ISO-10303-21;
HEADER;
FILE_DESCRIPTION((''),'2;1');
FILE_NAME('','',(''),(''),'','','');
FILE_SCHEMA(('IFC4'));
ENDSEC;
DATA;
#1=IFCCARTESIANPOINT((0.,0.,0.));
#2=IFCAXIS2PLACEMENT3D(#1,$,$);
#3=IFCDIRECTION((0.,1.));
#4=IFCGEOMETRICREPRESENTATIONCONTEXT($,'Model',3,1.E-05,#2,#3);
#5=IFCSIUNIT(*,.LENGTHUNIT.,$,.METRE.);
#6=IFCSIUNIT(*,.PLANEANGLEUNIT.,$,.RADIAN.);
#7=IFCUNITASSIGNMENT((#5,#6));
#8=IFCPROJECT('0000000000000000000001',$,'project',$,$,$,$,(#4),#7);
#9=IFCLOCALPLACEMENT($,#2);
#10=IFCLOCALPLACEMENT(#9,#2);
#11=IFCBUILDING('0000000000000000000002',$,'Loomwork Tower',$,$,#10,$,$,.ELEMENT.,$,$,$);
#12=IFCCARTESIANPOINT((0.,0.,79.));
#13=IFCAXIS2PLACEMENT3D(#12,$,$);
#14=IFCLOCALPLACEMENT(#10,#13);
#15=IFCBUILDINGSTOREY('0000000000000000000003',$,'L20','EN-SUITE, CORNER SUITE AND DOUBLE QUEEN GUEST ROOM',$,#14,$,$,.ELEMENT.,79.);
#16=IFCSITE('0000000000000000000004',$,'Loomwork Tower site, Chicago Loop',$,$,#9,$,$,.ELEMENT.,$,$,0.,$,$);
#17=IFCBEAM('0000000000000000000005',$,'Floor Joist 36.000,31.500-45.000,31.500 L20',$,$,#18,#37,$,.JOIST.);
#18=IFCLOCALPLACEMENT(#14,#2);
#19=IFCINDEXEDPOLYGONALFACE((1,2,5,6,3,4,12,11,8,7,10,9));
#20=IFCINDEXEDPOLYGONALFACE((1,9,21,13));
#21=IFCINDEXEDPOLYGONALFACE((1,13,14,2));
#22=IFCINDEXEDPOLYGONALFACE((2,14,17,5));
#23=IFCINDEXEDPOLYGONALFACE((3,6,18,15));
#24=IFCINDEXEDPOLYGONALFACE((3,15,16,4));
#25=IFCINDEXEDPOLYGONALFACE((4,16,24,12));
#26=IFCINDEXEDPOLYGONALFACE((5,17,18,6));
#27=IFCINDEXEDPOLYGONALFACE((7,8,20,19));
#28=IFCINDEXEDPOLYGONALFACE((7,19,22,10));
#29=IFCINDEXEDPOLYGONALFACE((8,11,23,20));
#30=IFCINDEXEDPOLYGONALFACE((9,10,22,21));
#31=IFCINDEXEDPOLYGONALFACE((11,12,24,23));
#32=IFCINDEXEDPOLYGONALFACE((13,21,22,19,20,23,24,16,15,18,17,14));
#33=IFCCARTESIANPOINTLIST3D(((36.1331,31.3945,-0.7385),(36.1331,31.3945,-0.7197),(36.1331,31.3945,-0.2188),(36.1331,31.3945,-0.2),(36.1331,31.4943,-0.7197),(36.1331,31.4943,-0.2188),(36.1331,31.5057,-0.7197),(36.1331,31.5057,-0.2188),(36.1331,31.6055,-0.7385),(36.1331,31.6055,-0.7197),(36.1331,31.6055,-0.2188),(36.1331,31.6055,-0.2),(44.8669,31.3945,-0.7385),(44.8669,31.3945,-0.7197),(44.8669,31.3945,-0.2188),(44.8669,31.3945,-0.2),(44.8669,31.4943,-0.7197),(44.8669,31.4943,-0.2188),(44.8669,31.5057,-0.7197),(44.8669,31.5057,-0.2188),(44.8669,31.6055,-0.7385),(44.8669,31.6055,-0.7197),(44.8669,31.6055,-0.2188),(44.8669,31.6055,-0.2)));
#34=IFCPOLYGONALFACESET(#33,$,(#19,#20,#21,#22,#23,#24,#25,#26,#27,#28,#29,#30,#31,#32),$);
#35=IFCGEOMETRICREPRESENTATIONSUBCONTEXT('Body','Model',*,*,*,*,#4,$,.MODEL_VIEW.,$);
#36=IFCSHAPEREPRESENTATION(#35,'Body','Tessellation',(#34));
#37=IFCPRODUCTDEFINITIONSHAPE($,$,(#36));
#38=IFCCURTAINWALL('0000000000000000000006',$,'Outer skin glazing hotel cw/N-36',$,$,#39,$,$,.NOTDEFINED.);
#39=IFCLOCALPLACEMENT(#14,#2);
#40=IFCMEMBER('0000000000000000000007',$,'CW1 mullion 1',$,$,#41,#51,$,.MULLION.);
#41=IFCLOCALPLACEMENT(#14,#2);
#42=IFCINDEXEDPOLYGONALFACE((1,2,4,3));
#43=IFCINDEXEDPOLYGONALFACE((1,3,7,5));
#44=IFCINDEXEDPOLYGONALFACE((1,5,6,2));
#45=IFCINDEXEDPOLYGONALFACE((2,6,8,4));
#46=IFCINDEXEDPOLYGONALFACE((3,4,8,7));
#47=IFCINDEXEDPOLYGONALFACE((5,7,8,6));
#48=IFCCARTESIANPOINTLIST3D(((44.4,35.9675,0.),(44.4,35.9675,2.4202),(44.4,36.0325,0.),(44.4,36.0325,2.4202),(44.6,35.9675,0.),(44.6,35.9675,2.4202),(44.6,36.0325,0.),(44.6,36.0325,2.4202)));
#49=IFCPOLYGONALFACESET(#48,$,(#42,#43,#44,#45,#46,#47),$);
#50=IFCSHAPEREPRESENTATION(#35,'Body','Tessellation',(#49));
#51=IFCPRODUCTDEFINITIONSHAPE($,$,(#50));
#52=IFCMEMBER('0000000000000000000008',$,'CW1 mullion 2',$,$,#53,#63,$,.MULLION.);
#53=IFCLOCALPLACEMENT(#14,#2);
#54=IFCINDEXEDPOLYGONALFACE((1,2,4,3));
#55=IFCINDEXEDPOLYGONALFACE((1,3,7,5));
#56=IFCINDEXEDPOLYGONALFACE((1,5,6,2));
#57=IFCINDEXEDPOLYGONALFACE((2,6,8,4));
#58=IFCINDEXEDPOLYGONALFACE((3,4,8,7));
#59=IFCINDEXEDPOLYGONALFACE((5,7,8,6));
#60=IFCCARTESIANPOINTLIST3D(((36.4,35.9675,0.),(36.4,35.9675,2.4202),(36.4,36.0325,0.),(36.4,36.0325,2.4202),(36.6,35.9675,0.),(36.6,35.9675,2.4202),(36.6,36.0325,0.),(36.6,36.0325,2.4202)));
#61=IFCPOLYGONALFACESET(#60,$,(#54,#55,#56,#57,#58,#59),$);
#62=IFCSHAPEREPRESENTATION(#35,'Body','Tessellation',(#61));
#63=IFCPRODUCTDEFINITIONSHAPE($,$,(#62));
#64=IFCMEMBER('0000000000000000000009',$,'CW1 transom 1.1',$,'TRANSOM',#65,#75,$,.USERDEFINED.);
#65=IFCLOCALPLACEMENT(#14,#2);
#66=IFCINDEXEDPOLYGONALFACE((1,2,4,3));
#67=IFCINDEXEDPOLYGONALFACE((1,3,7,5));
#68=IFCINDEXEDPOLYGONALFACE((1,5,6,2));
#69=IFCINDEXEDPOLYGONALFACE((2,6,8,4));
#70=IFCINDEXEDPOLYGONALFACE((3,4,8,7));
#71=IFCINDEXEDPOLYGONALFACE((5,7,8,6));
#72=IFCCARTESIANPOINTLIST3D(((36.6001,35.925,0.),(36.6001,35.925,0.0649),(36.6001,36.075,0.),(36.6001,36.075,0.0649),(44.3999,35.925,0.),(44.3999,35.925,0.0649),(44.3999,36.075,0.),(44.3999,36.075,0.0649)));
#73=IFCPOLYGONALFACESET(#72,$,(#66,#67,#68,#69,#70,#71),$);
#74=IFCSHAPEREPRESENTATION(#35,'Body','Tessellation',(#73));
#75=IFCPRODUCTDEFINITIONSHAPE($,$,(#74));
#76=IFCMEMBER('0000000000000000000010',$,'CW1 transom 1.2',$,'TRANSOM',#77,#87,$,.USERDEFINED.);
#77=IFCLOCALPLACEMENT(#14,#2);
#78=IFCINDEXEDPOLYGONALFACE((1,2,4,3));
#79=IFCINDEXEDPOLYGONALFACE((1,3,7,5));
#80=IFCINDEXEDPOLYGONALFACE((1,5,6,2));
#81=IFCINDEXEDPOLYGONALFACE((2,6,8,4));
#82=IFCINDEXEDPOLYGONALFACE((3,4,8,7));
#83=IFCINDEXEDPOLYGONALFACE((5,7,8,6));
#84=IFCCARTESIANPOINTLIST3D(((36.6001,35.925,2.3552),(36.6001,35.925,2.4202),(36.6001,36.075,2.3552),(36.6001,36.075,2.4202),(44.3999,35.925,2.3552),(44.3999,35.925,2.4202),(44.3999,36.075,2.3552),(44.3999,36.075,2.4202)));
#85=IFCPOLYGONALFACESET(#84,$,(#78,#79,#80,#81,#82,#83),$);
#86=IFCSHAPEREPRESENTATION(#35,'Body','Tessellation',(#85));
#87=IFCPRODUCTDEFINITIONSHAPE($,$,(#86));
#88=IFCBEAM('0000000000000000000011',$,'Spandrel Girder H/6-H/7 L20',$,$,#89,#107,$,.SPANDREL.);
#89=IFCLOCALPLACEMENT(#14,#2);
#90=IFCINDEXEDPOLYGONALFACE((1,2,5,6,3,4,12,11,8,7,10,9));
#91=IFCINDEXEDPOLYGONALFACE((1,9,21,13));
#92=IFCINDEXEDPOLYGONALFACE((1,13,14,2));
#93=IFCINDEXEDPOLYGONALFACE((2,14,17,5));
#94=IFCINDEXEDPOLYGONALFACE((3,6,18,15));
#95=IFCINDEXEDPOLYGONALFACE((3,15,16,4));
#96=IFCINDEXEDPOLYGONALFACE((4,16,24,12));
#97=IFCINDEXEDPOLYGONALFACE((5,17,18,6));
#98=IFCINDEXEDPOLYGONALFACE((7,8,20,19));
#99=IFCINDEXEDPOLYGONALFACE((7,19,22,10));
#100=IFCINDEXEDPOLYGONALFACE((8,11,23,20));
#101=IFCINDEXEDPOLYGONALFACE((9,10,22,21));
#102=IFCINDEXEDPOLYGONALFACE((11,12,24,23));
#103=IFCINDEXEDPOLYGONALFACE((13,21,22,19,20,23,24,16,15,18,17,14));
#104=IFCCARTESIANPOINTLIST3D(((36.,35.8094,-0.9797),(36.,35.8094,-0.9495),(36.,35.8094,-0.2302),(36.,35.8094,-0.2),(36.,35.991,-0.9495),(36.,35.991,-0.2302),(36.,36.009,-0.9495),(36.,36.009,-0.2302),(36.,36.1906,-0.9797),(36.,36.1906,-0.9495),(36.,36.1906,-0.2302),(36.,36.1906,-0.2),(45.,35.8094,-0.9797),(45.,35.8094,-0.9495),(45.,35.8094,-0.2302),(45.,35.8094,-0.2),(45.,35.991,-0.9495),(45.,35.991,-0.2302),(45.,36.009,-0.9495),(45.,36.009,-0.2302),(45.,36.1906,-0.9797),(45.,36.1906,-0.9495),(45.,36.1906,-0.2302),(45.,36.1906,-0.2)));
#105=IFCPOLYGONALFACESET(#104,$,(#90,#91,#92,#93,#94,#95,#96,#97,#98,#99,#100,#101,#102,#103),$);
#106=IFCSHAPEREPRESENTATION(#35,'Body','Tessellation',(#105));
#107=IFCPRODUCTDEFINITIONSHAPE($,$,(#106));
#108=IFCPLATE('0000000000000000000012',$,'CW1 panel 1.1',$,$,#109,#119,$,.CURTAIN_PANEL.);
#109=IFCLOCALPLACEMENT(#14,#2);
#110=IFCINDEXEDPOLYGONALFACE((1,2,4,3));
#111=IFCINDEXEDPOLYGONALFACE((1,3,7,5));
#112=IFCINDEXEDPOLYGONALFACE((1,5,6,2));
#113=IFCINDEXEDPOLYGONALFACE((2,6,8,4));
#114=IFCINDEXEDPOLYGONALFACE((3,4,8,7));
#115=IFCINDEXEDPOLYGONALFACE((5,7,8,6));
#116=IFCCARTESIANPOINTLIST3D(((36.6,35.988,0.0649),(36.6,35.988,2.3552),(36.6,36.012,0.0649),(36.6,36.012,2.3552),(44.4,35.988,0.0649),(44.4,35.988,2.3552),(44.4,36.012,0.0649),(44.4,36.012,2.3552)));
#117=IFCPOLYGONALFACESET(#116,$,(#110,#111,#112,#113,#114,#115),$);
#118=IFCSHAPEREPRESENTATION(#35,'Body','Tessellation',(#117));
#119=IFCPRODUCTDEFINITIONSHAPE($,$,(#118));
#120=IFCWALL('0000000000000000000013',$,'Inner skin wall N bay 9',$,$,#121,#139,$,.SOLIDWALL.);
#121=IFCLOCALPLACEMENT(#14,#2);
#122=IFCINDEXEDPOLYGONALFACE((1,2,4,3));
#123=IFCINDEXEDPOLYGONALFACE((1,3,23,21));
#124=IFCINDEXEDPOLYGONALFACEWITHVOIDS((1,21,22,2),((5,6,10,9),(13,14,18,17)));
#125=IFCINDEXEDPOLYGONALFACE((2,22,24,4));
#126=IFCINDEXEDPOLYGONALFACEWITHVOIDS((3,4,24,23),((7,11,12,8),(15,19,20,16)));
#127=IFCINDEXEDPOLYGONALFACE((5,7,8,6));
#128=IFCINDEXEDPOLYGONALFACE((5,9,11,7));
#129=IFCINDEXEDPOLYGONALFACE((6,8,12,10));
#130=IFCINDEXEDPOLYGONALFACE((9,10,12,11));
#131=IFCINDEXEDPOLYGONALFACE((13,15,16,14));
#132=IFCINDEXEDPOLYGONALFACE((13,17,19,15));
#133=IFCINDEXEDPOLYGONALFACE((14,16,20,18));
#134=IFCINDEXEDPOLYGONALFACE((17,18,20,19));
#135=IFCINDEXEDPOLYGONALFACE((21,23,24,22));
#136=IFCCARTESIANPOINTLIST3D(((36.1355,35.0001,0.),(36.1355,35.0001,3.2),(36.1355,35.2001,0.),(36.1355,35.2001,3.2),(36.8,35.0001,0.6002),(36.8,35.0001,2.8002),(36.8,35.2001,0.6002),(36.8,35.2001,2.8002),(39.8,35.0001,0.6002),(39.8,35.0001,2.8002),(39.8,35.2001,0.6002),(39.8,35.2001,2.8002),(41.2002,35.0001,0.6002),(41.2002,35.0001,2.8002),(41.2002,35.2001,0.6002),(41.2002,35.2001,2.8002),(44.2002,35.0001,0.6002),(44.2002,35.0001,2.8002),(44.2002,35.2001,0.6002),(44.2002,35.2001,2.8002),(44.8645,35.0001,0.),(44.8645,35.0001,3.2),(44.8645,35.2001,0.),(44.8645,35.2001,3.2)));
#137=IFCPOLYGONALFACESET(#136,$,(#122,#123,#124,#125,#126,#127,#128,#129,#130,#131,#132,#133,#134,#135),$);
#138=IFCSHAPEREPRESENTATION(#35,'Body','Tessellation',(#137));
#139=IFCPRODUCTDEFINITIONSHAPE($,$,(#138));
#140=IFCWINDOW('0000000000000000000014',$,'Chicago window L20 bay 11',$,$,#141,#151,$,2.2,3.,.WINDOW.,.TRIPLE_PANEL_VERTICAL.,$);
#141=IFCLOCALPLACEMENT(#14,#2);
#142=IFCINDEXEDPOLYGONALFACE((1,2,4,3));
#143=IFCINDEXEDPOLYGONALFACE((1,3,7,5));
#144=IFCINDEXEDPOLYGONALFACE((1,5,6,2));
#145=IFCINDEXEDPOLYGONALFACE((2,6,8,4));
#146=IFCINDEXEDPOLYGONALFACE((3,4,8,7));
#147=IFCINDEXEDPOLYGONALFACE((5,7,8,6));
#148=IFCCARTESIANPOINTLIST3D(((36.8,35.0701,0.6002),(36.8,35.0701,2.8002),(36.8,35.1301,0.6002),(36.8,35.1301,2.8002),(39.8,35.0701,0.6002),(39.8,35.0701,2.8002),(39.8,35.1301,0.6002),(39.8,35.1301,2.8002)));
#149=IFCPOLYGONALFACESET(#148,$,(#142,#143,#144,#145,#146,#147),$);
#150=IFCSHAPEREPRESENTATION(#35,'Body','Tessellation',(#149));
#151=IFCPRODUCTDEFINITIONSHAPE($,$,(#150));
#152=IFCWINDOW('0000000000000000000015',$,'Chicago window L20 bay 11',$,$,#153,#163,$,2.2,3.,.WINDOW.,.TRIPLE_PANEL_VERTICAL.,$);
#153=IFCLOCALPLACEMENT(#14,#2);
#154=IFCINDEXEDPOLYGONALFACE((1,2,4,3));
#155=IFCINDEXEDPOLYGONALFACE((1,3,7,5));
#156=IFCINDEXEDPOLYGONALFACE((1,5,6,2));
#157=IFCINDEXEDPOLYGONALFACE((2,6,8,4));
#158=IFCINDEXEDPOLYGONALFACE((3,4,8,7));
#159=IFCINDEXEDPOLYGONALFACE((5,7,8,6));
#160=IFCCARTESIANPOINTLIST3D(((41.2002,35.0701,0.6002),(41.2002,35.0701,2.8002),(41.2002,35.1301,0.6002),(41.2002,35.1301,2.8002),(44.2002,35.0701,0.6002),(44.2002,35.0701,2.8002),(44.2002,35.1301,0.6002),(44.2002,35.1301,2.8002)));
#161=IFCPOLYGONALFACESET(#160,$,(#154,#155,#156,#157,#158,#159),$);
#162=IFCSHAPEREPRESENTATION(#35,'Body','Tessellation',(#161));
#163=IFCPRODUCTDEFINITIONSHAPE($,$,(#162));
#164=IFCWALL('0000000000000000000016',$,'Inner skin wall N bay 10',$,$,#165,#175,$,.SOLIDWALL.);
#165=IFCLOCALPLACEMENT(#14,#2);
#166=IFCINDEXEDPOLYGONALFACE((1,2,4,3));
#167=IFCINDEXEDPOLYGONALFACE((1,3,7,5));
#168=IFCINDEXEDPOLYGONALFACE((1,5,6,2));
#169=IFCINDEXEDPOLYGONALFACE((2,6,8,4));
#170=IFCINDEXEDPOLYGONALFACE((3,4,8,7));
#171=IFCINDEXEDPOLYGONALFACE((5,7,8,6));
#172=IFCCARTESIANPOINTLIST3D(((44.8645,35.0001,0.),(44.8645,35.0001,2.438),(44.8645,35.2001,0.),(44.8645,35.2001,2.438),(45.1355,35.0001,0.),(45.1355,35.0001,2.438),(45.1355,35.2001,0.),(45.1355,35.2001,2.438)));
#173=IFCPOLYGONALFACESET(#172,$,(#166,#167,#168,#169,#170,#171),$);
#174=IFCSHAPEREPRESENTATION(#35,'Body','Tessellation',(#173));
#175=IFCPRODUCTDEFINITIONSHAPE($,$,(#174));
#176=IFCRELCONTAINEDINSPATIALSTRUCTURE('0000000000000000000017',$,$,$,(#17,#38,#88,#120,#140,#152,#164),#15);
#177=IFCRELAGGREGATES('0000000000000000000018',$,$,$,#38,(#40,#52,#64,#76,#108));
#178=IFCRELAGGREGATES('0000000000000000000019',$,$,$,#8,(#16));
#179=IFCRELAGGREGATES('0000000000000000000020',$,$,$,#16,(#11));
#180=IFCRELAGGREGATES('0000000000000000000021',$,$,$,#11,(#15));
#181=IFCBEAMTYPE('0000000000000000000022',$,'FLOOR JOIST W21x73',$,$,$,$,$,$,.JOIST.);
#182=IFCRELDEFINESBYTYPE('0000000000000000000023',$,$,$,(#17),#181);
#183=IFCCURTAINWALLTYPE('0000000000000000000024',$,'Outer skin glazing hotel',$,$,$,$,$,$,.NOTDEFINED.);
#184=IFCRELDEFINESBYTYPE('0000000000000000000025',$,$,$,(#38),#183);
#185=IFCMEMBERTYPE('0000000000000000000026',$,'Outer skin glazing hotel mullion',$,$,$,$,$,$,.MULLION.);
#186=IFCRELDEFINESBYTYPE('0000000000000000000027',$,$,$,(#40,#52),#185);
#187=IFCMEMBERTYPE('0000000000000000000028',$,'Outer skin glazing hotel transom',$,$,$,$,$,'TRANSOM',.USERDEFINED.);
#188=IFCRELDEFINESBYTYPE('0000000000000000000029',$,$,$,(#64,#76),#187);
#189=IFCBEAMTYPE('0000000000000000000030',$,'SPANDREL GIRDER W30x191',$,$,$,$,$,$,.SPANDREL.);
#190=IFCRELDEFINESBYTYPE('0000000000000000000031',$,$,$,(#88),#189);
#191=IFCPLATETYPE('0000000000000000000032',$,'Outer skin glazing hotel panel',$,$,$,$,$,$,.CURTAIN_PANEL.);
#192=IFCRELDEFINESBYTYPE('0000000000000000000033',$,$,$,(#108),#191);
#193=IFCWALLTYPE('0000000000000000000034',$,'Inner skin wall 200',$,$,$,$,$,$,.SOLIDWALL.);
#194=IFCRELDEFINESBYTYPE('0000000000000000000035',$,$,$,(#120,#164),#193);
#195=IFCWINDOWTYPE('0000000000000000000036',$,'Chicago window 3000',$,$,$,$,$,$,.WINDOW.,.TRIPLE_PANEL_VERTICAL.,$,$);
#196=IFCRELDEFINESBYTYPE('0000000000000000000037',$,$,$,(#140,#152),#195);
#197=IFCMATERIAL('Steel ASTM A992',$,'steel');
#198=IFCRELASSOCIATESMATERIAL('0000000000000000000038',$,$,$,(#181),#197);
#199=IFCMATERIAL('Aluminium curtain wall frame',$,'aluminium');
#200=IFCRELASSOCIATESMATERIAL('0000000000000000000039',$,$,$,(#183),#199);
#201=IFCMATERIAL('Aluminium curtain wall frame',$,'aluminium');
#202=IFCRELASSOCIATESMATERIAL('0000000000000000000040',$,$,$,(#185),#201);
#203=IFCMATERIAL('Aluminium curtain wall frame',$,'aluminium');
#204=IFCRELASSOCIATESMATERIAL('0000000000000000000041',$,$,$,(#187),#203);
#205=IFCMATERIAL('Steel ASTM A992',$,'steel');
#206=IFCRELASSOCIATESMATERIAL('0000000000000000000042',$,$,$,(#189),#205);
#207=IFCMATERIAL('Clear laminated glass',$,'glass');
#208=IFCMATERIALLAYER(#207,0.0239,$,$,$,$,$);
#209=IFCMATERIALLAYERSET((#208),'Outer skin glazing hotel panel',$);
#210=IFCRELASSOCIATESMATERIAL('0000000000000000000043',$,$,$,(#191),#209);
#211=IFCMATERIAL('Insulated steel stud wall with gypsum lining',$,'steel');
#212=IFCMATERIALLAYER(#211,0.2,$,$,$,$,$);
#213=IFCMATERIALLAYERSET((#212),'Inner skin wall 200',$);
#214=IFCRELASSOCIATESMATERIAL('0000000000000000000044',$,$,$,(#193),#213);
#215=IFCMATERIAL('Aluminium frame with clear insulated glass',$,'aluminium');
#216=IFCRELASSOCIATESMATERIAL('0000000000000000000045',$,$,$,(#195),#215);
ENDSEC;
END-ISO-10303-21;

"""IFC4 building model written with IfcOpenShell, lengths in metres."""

from ifc_helpers import new_model, si_unit, direction, frame, frame_2d, origin, origin_2d, place, context, subcontext, project, spatial, rectangle, i_section, extrude, material, layer, layer_set, material_profile, profile_set, type_object, element, fill, aggregate, save


model = new_model("IFC4")

# Units and contexts
model_context = context("Model", 3, precision=1e-05, world=origin(), true_north=direction((0.0, 1.0)))
body_context = subcontext(model_context, "Body", "Model", "MODEL_VIEW")
ifc_project = project(units=[si_unit("LENGTHUNIT", "METRE"), si_unit("PLANEANGLEUNIT", "RADIAN")], contexts=[model_context])

# Site, building, storey
site_placement = place(None, origin())
site = spatial("IfcSite", under=ifc_project, at=site_placement, Name="Loomwork Tower site, Chicago Loop", CompositionType="ELEMENT", RefElevation=0.0)
building_placement = place(site_placement, origin())
building = spatial("IfcBuilding", under=site, at=building_placement, Name="Loomwork Tower", CompositionType="ELEMENT")
storey_placement = place(building_placement, frame((0.0, 0.0, 79.0)))
storey = spatial("IfcBuildingStorey", under=building, at=storey_placement, Name="L20", Description="EN-SUITE, CORNER SUITE AND DOUBLE QUEEN GUEST ROOM", CompositionType="ELEMENT", Elevation=79.0)

# Beam
ifc_material_1 = material(Name="Steel ASTM A992", Category="steel")
ifc_material_profile_1 = material_profile(ifc_material_1, i_section(OverallWidth=0.2109, OverallDepth=0.5386, WebThickness=0.0115, FlangeThickness=0.0188, at=origin_2d()), Name="W21x73")
ifc_profile_set_1 = profile_set([ifc_material_profile_1], Name="Steel ASTM A992")
beam_type_1 = type_object("IfcBeamType", Name="FLOOR JOIST W21x73", PredefinedType="JOIST", material=ifc_profile_set_1)
beam_1_placement = place(storey_placement, frame((36.1331, 31.5, -0.4692), z_axis=(1.0, 0.0, 0.0), x_axis=(0.0, 1.0, 0.0)))
element("IfcBeam", 1, at=beam_1_placement, inside=storey, type_object=beam_type_1, Name="Floor Joist 36.000,31.500-45.000,31.500 L20", PredefinedType="JOIST", context=body_context, shape_type="SweptSolid", body=[
    extrude(i_section(OverallWidth=0.2109, OverallDepth=0.5386, WebThickness=0.0115, FlangeThickness=0.0188, at=origin_2d()), origin(), (0.0, 0.0, 1.0), 8.7339),
])

# Curtain wall, members
ifc_material_2 = material(Name="Aluminium curtain wall frame", Category="aluminium")
curtain_wall_type = type_object("IfcCurtainWallType", Name="Outer skin glazing hotel", PredefinedType="NOTDEFINED", material=ifc_material_2)
curtain_wall_placement = place(storey_placement, origin())
curtain_wall = element("IfcCurtainWall", 2, at=curtain_wall_placement, inside=storey, type_object=curtain_wall_type, Name="Outer skin glazing hotel cw/N-36", PredefinedType="NOTDEFINED")
ifc_material_3 = material(Name="Aluminium curtain wall frame", Category="aluminium")
ifc_material_profile_2 = material_profile(ifc_material_3, rectangle(XDim=0.0649, YDim=0.2, at=origin_2d()), Name="AL 65x200")
ifc_profile_set_2 = profile_set([ifc_material_profile_2], Name="Aluminium curtain wall frame")
member_type_1 = type_object("IfcMemberType", Name="Outer skin glazing hotel mullion", PredefinedType="MULLION", material=ifc_profile_set_2)
member_1_placement = place(storey_placement, frame((44.5, 36.0, 0.0), z_axis=(0.0, 0.0, 1.0), x_axis=(0.0, -1.0, 0.0)))
member_1 = element("IfcMember", 3, at=member_1_placement, type_object=member_type_1, Name="CW1 mullion 1", PredefinedType="MULLION", context=body_context, shape_type="SweptSolid", body=[
    extrude(rectangle(XDim=0.0649, YDim=0.2, at=origin_2d()), origin(), (0.0, 0.0, 1.0), 2.4202),
])
member_2_placement = place(storey_placement, frame((36.5, 36.0, 0.0), z_axis=(0.0, 0.0, 1.0), x_axis=(0.0, -1.0, 0.0)))
member_2 = element("IfcMember", 4, at=member_2_placement, type_object=member_type_1, Name="CW1 mullion 2", PredefinedType="MULLION", context=body_context, shape_type="SweptSolid", body=[
    extrude(rectangle(XDim=0.0649, YDim=0.2, at=origin_2d()), origin(), (0.0, 0.0, 1.0), 2.4202),
])
ifc_material_4 = material(Name="Aluminium curtain wall frame", Category="aluminium")
ifc_material_profile_3 = material_profile(ifc_material_4, rectangle(XDim=0.1499, YDim=0.0649, at=origin_2d()), Name="AL 65x150")
ifc_profile_set_3 = profile_set([ifc_material_profile_3], Name="Aluminium curtain wall frame")
member_type_2 = type_object("IfcMemberType", Name="Outer skin glazing hotel transom", ElementType="TRANSOM", PredefinedType="USERDEFINED", material=ifc_profile_set_3)
member_3_placement = place(storey_placement, frame((44.3999, 36.0, 0.0325), z_axis=(-1.0, 0.0, 0.0), x_axis=(0.0, -1.0, 0.0)))
member_3 = element("IfcMember", 5, at=member_3_placement, type_object=member_type_2, Name="CW1 transom 1.1", ObjectType="TRANSOM", PredefinedType="USERDEFINED", context=body_context, shape_type="SweptSolid", body=[
    extrude(rectangle(XDim=0.1499, YDim=0.0649, at=origin_2d()), origin(), (0.0, 0.0, 1.0), 7.7998),
])
member_4_placement = place(storey_placement, frame((44.3999, 36.0, 2.3877), z_axis=(-1.0, 0.0, 0.0), x_axis=(0.0, -1.0, 0.0)))
member_4 = element("IfcMember", 6, at=member_4_placement, type_object=member_type_2, Name="CW1 transom 1.2", ObjectType="TRANSOM", PredefinedType="USERDEFINED", context=body_context, shape_type="SweptSolid", body=[
    extrude(rectangle(XDim=0.1499, YDim=0.0649, at=origin_2d()), origin(), (0.0, 0.0, 1.0), 7.7998),
])

# Beam
ifc_material_5 = material(Name="Steel ASTM A992", Category="steel")
ifc_material_profile_4 = material_profile(ifc_material_5, i_section(OverallWidth=0.3811, OverallDepth=0.7798, WebThickness=0.0181, FlangeThickness=0.0303, at=origin_2d()), Name="W30x191")
ifc_profile_set_4 = profile_set([ifc_material_profile_4], Name="Steel ASTM A992")
beam_type_2 = type_object("IfcBeamType", Name="SPANDREL GIRDER W30x191", PredefinedType="SPANDREL", material=ifc_profile_set_4)
beam_2_placement = place(storey_placement, frame((36.0, 36.0, -0.5898), z_axis=(1.0, 0.0, 0.0), x_axis=(0.0, 1.0, 0.0)))
element("IfcBeam", 7, at=beam_2_placement, inside=storey, type_object=beam_type_2, Name="Spandrel Girder H/6-H/7 L20", PredefinedType="SPANDREL", context=body_context, shape_type="SweptSolid", body=[
    extrude(i_section(OverallWidth=0.3811, OverallDepth=0.7798, WebThickness=0.0181, FlangeThickness=0.0303, at=origin_2d()), origin(), (0.0, 0.0, 1.0), 9.0),
])

# Plate
ifc_material_6 = material(Name="Clear laminated glass", Category="glass")
ifc_layer_1 = layer(ifc_material_6, 0.0239)
ifc_layer_set_1 = layer_set([ifc_layer_1], Name="Outer skin glazing hotel panel")
plate_type = type_object("IfcPlateType", Name="Outer skin glazing hotel panel", PredefinedType="CURTAIN_PANEL", material=ifc_layer_set_1)
plate_placement = place(storey_placement, frame((40.5, 36.0, 0.0649), z_axis=(0.0, 0.0, 1.0), x_axis=(-1.0, 0.0, 0.0)))
plate = element("IfcPlate", 8, at=plate_placement, type_object=plate_type, Name="CW1 panel 1.1", PredefinedType="CURTAIN_PANEL", context=body_context, shape_type="SweptSolid", body=[
    extrude(rectangle(XDim=7.8, YDim=0.0239, at=origin_2d()), origin(), (0.0, 0.0, 1.0), 2.2903),
])
aggregate(curtain_wall, [member_1, member_2, member_3, member_4, plate])

# Wall, openings, windows
ifc_material_7 = material(Name="Insulated steel stud wall with gypsum lining", Category="steel")
ifc_layer_2 = layer(ifc_material_7, 0.2)
ifc_layer_set_2 = layer_set([ifc_layer_2], Name="Inner skin wall 200")
wall_type = type_object("IfcWallType", Name="Inner skin wall 200", PredefinedType="SOLIDWALL", material=ifc_layer_set_2)
wall_1_placement = place(storey_placement, frame((36.1355, 35.1001, 0.0), z_axis=(0.0, 0.0, 1.0), x_axis=(1.0, 0.0, 0.0)))
wall_1 = element("IfcWall", 9, at=wall_1_placement, inside=storey, type_object=wall_type, Name="Inner skin wall N bay 9", PredefinedType="SOLIDWALL", context=body_context, shape_type="SweptSolid", body=[
    extrude(rectangle(XDim=8.729, YDim=0.2, at=frame_2d((4.3645, 0.0))), origin(), (0.0, 0.0, 1.0), 3.2),
])
opening_1_placement = place(wall_1_placement, frame((0.6646, 0.0, 0.6001)))
opening_1 = element("IfcOpeningElement", 10, at=opening_1_placement, cuts=wall_1, PredefinedType="OPENING", context=body_context, shape_type="SweptSolid", body=[
    extrude(rectangle(XDim=3.0, YDim=2.2, at=frame_2d((1.5, 1.1001))), frame((0.0, 0.1099, 0.0), z_axis=(0.0, -1.0, 0.0), x_axis=(1.0, 0.0, 0.0)), (0.0, 0.0, 1.0), 0.22),
])
opening_2_placement = place(wall_1_placement, frame((5.0647, 0.0, 0.6001)))
opening_2 = element("IfcOpeningElement", 11, at=opening_2_placement, cuts=wall_1, PredefinedType="OPENING", context=body_context, shape_type="SweptSolid", body=[
    extrude(rectangle(XDim=3.0, YDim=2.2, at=frame_2d((1.5, 1.1001))), frame((0.0, 0.1099, 0.0), z_axis=(0.0, -1.0, 0.0), x_axis=(1.0, 0.0, 0.0)), (0.0, 0.0, 1.0), 0.22),
])
ifc_material_8 = material(Name="Aluminium frame with clear insulated glass", Category="aluminium")
window_type = type_object("IfcWindowType", Name="Chicago window 3000", PartitioningType="TRIPLE_PANEL_VERTICAL", PredefinedType="WINDOW", material=ifc_material_8)
window_1_placement = place(opening_1_placement, origin())
window_1 = element("IfcWindow", 12, at=window_1_placement, inside=storey, type_object=window_type, Name="Chicago window L20 bay 11", OverallHeight=2.2, OverallWidth=3.0, PartitioningType="TRIPLE_PANEL_VERTICAL", PredefinedType="WINDOW", context=body_context, shape_type="SweptSolid", body=[
    extrude(rectangle(XDim=3.0, YDim=2.2, at=frame_2d((1.5, 1.1001))), frame((0.0, 0.03, 0.0), z_axis=(0.0, -1.0, 0.0), x_axis=(1.0, 0.0, 0.0)), (0.0, 0.0, 1.0), 0.0601),
])
fill(opening_1, window_1)
window_2_placement = place(opening_2_placement, origin())
window_2 = element("IfcWindow", 13, at=window_2_placement, inside=storey, type_object=window_type, Name="Chicago window L20 bay 11", OverallHeight=2.2, OverallWidth=3.0, PartitioningType="TRIPLE_PANEL_VERTICAL", PredefinedType="WINDOW", context=body_context, shape_type="SweptSolid", body=[
    extrude(rectangle(XDim=3.0, YDim=2.2, at=frame_2d((1.5, 1.1001))), frame((0.0, 0.03, 0.0), z_axis=(0.0, -1.0, 0.0), x_axis=(1.0, 0.0, 0.0)), (0.0, 0.0, 1.0), 0.0601),
])
fill(opening_2, window_2)

# Wall
wall_2_placement = place(storey_placement, frame((44.8645, 35.1001, 0.0), z_axis=(0.0, 0.0, 1.0), x_axis=(1.0, 0.0, 0.0)))
element("IfcWall", 14, at=wall_2_placement, inside=storey, type_object=wall_type, Name="Inner skin wall N bay 10", PredefinedType="SOLIDWALL", context=body_context, shape_type="SweptSolid", body=[
    extrude(rectangle(XDim=0.271, YDim=0.2, at=frame_2d((0.1355, 0.0))), origin(), (0.0, 0.0, 1.0), 2.438),
])

save(model, "model.ifc")
